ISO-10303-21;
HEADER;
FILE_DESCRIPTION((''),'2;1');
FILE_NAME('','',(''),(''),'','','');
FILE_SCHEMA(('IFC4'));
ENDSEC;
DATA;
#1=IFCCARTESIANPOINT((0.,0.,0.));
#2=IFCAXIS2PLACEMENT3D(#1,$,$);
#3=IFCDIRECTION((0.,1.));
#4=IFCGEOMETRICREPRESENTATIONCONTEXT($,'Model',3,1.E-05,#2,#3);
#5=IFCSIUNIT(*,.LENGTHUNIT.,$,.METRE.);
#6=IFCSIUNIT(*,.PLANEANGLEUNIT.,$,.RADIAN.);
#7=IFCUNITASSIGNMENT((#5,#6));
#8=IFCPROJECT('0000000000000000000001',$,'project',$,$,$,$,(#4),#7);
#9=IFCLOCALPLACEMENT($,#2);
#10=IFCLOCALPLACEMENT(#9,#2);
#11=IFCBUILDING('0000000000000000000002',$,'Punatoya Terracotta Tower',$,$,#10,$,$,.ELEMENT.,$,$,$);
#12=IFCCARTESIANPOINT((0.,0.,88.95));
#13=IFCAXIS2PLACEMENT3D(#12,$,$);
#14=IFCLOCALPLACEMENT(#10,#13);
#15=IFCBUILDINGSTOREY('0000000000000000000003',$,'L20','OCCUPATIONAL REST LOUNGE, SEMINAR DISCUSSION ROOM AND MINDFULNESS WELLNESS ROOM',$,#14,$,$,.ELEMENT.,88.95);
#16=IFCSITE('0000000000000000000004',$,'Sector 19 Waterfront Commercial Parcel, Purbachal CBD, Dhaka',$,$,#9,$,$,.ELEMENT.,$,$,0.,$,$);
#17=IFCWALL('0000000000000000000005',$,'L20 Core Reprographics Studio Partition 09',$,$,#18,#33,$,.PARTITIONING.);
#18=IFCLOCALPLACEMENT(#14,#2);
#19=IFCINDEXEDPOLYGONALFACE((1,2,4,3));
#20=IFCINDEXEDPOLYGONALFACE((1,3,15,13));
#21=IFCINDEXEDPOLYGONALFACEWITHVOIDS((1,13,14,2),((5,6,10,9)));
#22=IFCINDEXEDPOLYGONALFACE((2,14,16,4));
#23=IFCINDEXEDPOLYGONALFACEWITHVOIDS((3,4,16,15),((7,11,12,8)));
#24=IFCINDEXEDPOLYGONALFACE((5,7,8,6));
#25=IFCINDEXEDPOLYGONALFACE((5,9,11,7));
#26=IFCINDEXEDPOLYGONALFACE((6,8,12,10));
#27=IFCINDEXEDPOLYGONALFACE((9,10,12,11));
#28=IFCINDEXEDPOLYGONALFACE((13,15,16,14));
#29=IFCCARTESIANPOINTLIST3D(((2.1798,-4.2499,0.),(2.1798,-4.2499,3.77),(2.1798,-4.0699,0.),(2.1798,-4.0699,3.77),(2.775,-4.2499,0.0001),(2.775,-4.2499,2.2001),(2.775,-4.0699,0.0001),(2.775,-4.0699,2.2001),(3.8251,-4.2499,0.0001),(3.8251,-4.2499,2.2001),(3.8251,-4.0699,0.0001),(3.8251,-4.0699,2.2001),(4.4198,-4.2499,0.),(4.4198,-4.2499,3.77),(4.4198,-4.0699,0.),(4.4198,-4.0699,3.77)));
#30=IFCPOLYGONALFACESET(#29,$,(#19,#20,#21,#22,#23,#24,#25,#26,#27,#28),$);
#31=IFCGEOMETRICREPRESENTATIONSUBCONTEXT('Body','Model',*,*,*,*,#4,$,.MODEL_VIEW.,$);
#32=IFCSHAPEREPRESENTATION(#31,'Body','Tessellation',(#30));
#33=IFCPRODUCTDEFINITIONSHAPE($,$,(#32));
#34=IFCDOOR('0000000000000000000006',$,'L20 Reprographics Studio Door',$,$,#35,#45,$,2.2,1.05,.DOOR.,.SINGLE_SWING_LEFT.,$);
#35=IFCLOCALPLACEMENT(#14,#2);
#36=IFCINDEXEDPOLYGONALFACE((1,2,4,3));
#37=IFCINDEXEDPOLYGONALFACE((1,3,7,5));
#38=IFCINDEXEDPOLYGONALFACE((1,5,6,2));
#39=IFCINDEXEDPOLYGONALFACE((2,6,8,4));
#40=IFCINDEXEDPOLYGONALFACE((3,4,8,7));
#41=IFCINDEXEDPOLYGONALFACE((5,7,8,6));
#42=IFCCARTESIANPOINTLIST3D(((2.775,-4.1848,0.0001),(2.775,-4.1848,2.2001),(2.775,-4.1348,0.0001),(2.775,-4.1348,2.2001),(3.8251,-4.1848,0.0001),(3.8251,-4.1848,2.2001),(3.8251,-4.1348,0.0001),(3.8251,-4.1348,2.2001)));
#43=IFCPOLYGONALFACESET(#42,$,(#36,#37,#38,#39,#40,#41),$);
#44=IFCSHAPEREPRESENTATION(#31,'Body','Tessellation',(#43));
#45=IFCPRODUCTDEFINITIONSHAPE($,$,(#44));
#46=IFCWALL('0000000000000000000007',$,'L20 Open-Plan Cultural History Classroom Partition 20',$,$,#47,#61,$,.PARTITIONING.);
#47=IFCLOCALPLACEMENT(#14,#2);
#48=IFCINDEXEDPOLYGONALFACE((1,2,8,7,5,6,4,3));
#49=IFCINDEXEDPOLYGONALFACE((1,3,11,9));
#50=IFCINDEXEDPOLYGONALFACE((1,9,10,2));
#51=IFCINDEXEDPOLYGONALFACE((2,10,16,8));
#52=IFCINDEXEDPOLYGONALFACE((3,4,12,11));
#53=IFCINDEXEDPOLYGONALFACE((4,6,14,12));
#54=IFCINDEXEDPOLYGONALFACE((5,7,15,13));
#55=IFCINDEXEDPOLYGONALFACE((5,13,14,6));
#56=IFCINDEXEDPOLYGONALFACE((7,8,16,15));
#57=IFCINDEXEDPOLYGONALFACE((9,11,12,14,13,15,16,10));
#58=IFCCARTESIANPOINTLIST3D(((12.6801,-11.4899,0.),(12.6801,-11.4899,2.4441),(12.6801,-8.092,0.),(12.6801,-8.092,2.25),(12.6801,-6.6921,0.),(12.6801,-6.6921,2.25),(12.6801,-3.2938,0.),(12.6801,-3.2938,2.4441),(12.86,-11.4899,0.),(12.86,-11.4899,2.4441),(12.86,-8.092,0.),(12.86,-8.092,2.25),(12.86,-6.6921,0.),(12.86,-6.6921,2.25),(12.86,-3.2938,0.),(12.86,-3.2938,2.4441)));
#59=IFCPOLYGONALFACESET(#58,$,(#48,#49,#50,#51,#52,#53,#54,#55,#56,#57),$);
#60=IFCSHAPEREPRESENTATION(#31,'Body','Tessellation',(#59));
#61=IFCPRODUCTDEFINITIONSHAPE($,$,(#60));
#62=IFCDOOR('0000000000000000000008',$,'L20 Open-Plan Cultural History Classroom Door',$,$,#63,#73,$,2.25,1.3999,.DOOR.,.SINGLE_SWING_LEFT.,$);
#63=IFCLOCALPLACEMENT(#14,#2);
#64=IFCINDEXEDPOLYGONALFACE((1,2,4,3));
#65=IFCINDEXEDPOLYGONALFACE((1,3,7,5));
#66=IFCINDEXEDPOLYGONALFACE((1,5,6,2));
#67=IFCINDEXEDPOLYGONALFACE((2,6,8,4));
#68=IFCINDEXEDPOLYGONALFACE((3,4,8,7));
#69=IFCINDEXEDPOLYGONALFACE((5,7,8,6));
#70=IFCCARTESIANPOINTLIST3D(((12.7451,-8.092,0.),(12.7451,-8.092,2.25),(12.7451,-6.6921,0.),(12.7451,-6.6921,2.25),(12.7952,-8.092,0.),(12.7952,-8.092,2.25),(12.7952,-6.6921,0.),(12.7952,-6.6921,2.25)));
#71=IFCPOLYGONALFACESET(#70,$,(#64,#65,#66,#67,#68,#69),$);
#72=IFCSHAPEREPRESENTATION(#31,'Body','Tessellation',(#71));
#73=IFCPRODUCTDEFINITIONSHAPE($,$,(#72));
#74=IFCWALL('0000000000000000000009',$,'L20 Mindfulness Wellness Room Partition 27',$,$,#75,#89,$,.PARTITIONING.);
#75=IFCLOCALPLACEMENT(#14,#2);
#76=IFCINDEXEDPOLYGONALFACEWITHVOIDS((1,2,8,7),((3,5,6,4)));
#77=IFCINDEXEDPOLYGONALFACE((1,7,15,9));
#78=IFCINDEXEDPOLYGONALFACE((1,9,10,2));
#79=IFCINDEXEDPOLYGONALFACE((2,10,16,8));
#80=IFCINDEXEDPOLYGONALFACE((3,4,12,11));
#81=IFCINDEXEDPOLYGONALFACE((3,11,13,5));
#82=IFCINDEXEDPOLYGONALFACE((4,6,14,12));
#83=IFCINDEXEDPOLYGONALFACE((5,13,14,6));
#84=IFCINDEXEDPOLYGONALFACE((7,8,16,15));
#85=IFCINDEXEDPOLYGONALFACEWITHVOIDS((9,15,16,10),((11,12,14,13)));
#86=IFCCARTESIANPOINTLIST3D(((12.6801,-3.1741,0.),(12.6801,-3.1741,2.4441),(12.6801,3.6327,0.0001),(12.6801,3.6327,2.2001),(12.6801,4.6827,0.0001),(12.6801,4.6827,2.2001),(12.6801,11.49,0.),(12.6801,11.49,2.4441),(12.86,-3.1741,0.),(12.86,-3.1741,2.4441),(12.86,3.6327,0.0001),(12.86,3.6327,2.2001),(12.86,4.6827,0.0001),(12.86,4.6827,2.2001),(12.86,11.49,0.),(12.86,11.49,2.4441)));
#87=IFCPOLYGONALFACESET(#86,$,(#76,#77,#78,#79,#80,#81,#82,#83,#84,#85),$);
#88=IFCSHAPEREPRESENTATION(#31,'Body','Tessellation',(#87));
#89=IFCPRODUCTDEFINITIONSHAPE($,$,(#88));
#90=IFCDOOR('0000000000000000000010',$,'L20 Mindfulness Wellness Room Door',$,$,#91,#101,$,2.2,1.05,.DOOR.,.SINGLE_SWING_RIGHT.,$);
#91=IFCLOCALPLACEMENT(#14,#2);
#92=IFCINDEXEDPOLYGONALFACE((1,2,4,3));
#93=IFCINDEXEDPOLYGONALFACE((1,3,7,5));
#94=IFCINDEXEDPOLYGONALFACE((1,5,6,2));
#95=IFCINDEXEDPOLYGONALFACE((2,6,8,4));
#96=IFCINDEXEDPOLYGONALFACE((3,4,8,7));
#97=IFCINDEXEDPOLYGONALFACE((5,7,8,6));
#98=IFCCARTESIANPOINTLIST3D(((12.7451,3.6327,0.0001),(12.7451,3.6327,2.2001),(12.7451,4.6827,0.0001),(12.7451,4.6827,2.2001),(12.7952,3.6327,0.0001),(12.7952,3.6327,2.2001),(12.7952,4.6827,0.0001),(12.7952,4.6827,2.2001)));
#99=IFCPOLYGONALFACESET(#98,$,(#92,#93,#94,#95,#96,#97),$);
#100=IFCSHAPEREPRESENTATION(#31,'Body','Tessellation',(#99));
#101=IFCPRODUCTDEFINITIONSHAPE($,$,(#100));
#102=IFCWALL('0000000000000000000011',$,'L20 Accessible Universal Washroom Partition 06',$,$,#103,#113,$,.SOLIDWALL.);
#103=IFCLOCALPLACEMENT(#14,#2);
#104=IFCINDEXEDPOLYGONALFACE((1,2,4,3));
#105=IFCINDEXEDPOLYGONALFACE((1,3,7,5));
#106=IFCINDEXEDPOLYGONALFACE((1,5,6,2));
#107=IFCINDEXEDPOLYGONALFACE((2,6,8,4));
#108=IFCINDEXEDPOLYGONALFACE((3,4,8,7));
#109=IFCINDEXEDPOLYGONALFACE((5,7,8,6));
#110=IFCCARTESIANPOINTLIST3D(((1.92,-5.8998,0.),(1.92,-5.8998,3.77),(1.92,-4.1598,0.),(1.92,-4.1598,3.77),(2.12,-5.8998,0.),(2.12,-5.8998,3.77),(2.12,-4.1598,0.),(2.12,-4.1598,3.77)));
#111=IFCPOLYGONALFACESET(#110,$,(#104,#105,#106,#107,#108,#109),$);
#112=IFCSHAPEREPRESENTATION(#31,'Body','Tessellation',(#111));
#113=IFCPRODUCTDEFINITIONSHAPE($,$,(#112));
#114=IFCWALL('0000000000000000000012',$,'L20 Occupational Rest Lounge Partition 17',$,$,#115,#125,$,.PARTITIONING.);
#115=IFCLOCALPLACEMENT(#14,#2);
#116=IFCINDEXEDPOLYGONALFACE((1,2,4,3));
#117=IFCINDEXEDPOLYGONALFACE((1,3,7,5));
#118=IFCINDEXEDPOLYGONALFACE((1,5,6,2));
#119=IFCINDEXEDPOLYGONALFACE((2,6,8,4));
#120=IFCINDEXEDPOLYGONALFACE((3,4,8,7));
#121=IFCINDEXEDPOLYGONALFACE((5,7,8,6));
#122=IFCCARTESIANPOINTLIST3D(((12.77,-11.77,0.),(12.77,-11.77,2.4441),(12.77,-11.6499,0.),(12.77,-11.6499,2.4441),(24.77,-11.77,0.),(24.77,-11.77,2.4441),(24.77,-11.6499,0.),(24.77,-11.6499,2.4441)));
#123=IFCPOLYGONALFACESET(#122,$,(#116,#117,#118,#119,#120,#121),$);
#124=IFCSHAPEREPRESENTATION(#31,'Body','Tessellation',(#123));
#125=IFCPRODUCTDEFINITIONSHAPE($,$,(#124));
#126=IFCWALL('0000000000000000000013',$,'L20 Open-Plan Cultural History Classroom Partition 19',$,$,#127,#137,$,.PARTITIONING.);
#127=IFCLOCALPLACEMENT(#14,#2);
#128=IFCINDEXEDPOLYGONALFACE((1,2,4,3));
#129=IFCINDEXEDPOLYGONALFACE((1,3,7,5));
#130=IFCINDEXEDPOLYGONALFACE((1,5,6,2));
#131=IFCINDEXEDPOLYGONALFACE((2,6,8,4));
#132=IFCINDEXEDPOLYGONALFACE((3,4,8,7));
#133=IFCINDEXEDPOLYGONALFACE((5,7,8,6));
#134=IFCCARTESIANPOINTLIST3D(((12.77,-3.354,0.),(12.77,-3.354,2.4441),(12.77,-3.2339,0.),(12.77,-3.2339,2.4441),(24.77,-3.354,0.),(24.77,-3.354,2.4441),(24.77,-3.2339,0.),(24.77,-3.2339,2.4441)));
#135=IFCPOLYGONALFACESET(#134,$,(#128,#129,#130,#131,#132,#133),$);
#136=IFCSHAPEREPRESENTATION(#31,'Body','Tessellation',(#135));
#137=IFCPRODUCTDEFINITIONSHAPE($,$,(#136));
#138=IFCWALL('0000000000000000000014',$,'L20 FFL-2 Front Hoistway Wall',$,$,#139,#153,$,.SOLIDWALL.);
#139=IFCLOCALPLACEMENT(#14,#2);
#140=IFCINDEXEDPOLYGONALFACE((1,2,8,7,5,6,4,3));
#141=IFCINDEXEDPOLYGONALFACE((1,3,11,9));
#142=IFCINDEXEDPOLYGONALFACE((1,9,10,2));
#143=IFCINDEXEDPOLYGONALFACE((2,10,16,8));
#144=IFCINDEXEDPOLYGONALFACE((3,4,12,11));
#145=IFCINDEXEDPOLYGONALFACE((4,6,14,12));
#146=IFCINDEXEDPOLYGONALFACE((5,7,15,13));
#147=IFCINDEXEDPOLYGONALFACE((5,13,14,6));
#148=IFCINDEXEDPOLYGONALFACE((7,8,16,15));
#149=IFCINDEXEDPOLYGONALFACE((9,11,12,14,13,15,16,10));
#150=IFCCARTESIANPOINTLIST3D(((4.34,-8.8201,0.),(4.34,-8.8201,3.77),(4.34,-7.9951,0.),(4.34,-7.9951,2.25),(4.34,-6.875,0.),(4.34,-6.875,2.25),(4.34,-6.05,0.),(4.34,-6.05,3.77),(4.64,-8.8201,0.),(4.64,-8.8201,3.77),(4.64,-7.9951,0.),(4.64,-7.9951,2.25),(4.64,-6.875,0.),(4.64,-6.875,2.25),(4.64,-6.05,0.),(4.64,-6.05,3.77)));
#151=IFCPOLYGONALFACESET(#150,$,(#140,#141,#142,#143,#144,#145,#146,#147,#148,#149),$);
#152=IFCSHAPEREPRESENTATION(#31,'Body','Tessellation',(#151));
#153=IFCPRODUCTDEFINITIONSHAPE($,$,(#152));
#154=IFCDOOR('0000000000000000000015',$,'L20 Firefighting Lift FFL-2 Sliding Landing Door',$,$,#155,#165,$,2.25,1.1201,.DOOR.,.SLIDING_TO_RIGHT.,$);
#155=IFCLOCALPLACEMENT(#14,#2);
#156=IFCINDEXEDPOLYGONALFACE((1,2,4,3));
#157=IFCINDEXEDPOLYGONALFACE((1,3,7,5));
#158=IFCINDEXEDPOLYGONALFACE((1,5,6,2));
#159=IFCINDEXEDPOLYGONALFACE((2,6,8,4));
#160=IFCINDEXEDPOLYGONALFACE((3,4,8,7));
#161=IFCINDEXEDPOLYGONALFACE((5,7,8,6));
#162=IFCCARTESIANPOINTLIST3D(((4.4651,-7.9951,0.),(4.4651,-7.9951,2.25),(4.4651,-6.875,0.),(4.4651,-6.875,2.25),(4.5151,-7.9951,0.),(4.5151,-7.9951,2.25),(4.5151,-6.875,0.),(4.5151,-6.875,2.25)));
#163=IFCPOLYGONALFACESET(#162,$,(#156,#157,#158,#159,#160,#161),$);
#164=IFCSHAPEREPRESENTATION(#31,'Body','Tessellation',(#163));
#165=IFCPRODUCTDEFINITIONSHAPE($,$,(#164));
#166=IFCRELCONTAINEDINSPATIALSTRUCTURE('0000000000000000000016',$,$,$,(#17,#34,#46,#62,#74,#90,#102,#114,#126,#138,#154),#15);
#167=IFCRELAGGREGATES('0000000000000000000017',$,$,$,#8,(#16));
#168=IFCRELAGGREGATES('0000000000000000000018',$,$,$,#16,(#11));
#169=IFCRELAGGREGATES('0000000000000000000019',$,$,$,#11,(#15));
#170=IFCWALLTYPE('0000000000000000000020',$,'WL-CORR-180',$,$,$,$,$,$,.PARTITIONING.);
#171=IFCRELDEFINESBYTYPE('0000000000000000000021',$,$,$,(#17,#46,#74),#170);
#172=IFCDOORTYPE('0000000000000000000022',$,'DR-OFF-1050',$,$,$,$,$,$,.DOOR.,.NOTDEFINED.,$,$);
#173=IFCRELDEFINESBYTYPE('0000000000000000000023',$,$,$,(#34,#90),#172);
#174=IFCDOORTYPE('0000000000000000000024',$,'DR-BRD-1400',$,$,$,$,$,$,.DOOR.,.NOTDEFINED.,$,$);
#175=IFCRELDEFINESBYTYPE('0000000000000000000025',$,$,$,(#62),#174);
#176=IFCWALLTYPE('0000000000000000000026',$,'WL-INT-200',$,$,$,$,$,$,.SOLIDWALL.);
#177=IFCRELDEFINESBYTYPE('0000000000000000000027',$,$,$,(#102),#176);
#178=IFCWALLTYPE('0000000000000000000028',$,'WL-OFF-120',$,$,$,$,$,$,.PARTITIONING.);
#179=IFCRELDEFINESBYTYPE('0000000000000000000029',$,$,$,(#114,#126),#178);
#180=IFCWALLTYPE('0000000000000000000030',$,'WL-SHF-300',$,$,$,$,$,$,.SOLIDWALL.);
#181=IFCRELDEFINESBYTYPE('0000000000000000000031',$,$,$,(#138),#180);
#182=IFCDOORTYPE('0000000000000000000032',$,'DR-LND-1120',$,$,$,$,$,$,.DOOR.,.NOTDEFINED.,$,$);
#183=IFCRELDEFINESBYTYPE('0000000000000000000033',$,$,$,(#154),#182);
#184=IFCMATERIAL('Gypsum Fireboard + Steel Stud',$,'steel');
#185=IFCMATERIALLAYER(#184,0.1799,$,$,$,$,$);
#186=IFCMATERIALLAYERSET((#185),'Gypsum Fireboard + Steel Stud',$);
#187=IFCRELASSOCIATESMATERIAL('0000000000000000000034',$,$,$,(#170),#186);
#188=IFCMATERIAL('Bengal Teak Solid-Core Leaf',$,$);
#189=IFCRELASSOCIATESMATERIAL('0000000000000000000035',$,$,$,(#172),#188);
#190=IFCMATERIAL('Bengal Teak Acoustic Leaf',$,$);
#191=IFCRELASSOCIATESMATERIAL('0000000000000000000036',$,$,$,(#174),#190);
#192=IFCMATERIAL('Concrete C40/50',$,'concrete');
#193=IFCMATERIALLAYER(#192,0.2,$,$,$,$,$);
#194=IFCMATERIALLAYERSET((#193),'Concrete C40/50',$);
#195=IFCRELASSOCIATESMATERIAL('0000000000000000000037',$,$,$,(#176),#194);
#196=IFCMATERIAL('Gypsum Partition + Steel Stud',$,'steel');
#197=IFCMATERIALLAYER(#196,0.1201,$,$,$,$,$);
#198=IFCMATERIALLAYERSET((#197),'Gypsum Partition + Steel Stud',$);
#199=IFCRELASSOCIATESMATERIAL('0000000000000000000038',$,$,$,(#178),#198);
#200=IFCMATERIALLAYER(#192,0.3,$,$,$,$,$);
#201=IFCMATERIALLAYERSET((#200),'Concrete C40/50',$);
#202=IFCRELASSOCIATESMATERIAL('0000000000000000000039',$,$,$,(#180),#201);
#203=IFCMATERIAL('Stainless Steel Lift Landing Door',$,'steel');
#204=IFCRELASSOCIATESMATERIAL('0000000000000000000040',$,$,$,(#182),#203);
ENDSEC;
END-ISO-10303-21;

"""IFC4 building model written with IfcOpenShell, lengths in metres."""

from ifc_helpers import new_model, si_unit, direction, frame, frame_2d, origin, place, context, subcontext, project, spatial, rectangle, extrude, material, layer, layer_set, type_object, element, fill, save


model = new_model("IFC4")

# Units and contexts
model_context = context("Model", 3, precision=1e-05, world=origin(), true_north=direction((0.0, 1.0)))
body_context = subcontext(model_context, "Body", "Model", "MODEL_VIEW")
ifc_project = project(units=[si_unit("LENGTHUNIT", "METRE"), si_unit("PLANEANGLEUNIT", "RADIAN")], contexts=[model_context])

# Site, building, storey
site_placement = place(None, origin())
site = spatial("IfcSite", under=ifc_project, at=site_placement, Name="Sector 19 Waterfront Commercial Parcel, Purbachal CBD, Dhaka", CompositionType="ELEMENT", RefElevation=0.0)
building_placement = place(site_placement, origin())
building = spatial("IfcBuilding", under=site, at=building_placement, Name="Punatoya Terracotta Tower", CompositionType="ELEMENT")
storey_placement = place(building_placement, frame((0.0, 0.0, 88.95)))
storey = spatial("IfcBuildingStorey", under=building, at=storey_placement, Name="L20", Description="OCCUPATIONAL REST LOUNGE, SEMINAR DISCUSSION ROOM AND MINDFULNESS WELLNESS ROOM", CompositionType="ELEMENT", Elevation=88.95)

# Shared definitions
ifc_material_1 = material(Name="Gypsum Fireboard + Steel Stud", Category="steel")
ifc_layer_1 = layer(ifc_material_1, 0.1799)
ifc_layer_set_1 = layer_set([ifc_layer_1], Name="Gypsum Fireboard + Steel Stud")
wall_type_1 = type_object("IfcWallType", Name="WL-CORR-180", PredefinedType="PARTITIONING", material=ifc_layer_set_1)

# Walls, openings, doors
wall_1_placement = place(storey_placement, frame((4.4199, -4.1599, 0.0), z_axis=(0.0, 0.0, 1.0), x_axis=(-1.0, 0.0, 0.0)))
wall_1 = element("IfcWall", 1, at=wall_1_placement, inside=storey, type_object=wall_type_1, Name="L20 Core Reprographics Studio Partition 09", PredefinedType="PARTITIONING", context=body_context, shape_type="SweptSolid", body=[
    extrude(rectangle(XDim=2.24, YDim=0.1799, at=frame_2d((1.1201, 0.0))), origin(), (0.0, 0.0, 1.0), 3.77),
])
opening_1_placement = place(wall_1_placement, frame((0.595, 0.0, 0.0)))
opening_1 = element("IfcOpeningElement", 2, at=opening_1_placement, cuts=wall_1, PredefinedType="OPENING", context=body_context, shape_type="SweptSolid", body=[
    extrude(rectangle(XDim=1.05, YDim=2.2, at=frame_2d((0.5249, 1.1001))), frame((0.0, 0.0999, 0.0), z_axis=(0.0, -1.0, 0.0), x_axis=(1.0, 0.0, 0.0)), (0.0, 0.0, 1.0), 0.2),
])
ifc_material_2 = material(Name="Bengal Teak Solid-Core Leaf")
door_type_1 = type_object("IfcDoorType", Name="DR-OFF-1050", OperationType="NOTDEFINED", PredefinedType="DOOR", material=ifc_material_2)
door_1_placement = place(opening_1_placement, origin())
door_1 = element("IfcDoor", 3, at=door_1_placement, inside=storey, type_object=door_type_1, Name="L20 Reprographics Studio Door", OperationType="SINGLE_SWING_LEFT", OverallHeight=2.2, OverallWidth=1.05, PredefinedType="DOOR", context=body_context, shape_type="SweptSolid", body=[
    extrude(rectangle(XDim=1.05, YDim=2.2, at=frame_2d((0.5249, 1.1001))), frame((0.0, 0.0249, 0.0), z_axis=(0.0, -1.0, 0.0), x_axis=(1.0, 0.0, 0.0)), (0.0, 0.0, 1.0), 0.05),
])
fill(opening_1, door_1)
wall_2_placement = place(storey_placement, frame((12.77, -11.49, 0.0), z_axis=(0.0, 0.0, 1.0), x_axis=(0.0, 1.0, 0.0)))
wall_2 = element("IfcWall", 4, at=wall_2_placement, inside=storey, type_object=wall_type_1, Name="L20 Open-Plan Cultural History Classroom Partition 20", PredefinedType="PARTITIONING", context=body_context, shape_type="SweptSolid", body=[
    extrude(rectangle(XDim=8.196, YDim=0.1799, at=frame_2d((4.0981, 0.0))), origin(), (0.0, 0.0, 1.0), 2.4441),
])
opening_2_placement = place(wall_2_placement, frame((3.3979, 0.0, 0.0)))
opening_2 = element("IfcOpeningElement", 5, at=opening_2_placement, cuts=wall_2, PredefinedType="OPENING", context=body_context, shape_type="SweptSolid", body=[
    extrude(rectangle(XDim=1.3999, YDim=2.25, at=frame_2d((0.7, 1.125))), frame((0.0, 0.0999, 0.0), z_axis=(0.0, -1.0, 0.0), x_axis=(1.0, 0.0, 0.0)), (0.0, 0.0, 1.0), 0.2),
])
ifc_material_3 = material(Name="Bengal Teak Acoustic Leaf")
door_type_2 = type_object("IfcDoorType", Name="DR-BRD-1400", OperationType="NOTDEFINED", PredefinedType="DOOR", material=ifc_material_3)
door_2_placement = place(opening_2_placement, origin())
door_2 = element("IfcDoor", 6, at=door_2_placement, inside=storey, type_object=door_type_2, Name="L20 Open-Plan Cultural History Classroom Door", OperationType="SINGLE_SWING_LEFT", OverallHeight=2.25, OverallWidth=1.3999, PredefinedType="DOOR", context=body_context, shape_type="SweptSolid", body=[
    extrude(rectangle(XDim=1.3999, YDim=2.25, at=frame_2d((0.7, 1.125))), frame((0.0, 0.0249, 0.0), z_axis=(0.0, -1.0, 0.0), x_axis=(1.0, 0.0, 0.0)), (0.0, 0.0, 1.0), 0.05),
])
fill(opening_2, door_2)
wall_3_placement = place(storey_placement, frame((12.77, -3.1741, 0.0), z_axis=(0.0, 0.0, 1.0), x_axis=(0.0, 1.0, 0.0)))
wall_3 = element("IfcWall", 7, at=wall_3_placement, inside=storey, type_object=wall_type_1, Name="L20 Mindfulness Wellness Room Partition 27", PredefinedType="PARTITIONING", context=body_context, shape_type="SweptSolid", body=[
    extrude(rectangle(XDim=14.6641, YDim=0.1799, at=frame_2d((7.332, 0.0))), origin(), (0.0, 0.0, 1.0), 2.4441),
])
opening_3_placement = place(wall_3_placement, frame((6.8069, 0.0, 0.0)))
opening_3 = element("IfcOpeningElement", 8, at=opening_3_placement, cuts=wall_3, PredefinedType="OPENING", context=body_context, shape_type="SweptSolid", body=[
    extrude(rectangle(XDim=1.05, YDim=2.2, at=frame_2d((0.5249, 1.1001))), frame((0.0, 0.0999, 0.0), z_axis=(0.0, -1.0, 0.0), x_axis=(1.0, 0.0, 0.0)), (0.0, 0.0, 1.0), 0.2),
])
door_3_placement = place(opening_3_placement, origin())
door_3 = element("IfcDoor", 9, at=door_3_placement, inside=storey, type_object=door_type_1, Name="L20 Mindfulness Wellness Room Door", OperationType="SINGLE_SWING_RIGHT", OverallHeight=2.2, OverallWidth=1.05, PredefinedType="DOOR", context=body_context, shape_type="SweptSolid", body=[
    extrude(rectangle(XDim=1.05, YDim=2.2, at=frame_2d((0.5249, 1.1001))), frame((0.0, 0.0249, 0.0), z_axis=(0.0, -1.0, 0.0), x_axis=(1.0, 0.0, 0.0)), (0.0, 0.0, 1.0), 0.05),
])
fill(opening_3, door_3)

# Wall
ifc_material_4 = material(Name="Concrete C40/50", Category="concrete")
ifc_layer_2 = layer(ifc_material_4, 0.2)
ifc_layer_set_2 = layer_set([ifc_layer_2], Name="Concrete C40/50")
wall_type_2 = type_object("IfcWallType", Name="WL-INT-200", PredefinedType="SOLIDWALL", material=ifc_layer_set_2)
wall_4_placement = place(storey_placement, frame((2.02, -5.8999, 0.0), z_axis=(0.0, 0.0, 1.0), x_axis=(0.0, 1.0, 0.0)))
element("IfcWall", 10, at=wall_4_placement, inside=storey, type_object=wall_type_2, Name="L20 Accessible Universal Washroom Partition 06", PredefinedType="SOLIDWALL", context=body_context, shape_type="SweptSolid", body=[
    extrude(rectangle(XDim=1.74, YDim=0.2, at=frame_2d((0.8701, 0.0))), origin(), (0.0, 0.0, 1.0), 3.77),
])

# Walls
ifc_material_5 = material(Name="Gypsum Partition + Steel Stud", Category="steel")
ifc_layer_3 = layer(ifc_material_5, 0.1201)
ifc_layer_set_3 = layer_set([ifc_layer_3], Name="Gypsum Partition + Steel Stud")
wall_type_3 = type_object("IfcWallType", Name="WL-OFF-120", PredefinedType="PARTITIONING", material=ifc_layer_set_3)
for number, where, z_axis, x_axis, name in (
    (11, (12.77, -11.71, 0.0), (0.0, 0.0, 1.0), (1.0, 0.0, 0.0), "L20 Occupational Rest Lounge Partition 17"),
    (12, (12.77, -3.2939, 0.0), (0.0, 0.0, 1.0), (1.0, 0.0, 0.0), "L20 Open-Plan Cultural History Classroom Partition 19"),
):
    element("IfcWall", number, at=place(storey_placement, frame(where, z_axis=z_axis, x_axis=x_axis)), inside=storey, type_object=wall_type_3, Name=name, PredefinedType="PARTITIONING", context=body_context, shape_type="SweptSolid", body=[
        extrude(rectangle(XDim=12.0, YDim=0.1201, at=frame_2d((6.0, 0.0))), origin(), (0.0, 0.0, 1.0), 2.4441),
    ])

# Wall, opening, door
ifc_layer_4 = layer(ifc_material_4, 0.3)
ifc_layer_set_4 = layer_set([ifc_layer_4], Name="Concrete C40/50")
wall_type_4 = type_object("IfcWallType", Name="WL-SHF-300", PredefinedType="SOLIDWALL", material=ifc_layer_set_4)
wall_5_placement = place(storey_placement, frame((4.49, -8.8201, 0.0), z_axis=(0.0, 0.0, 1.0), x_axis=(0.0, 1.0, 0.0)))
wall_5 = element("IfcWall", 13, at=wall_5_placement, inside=storey, type_object=wall_type_4, Name="L20 FFL-2 Front Hoistway Wall", PredefinedType="SOLIDWALL", context=body_context, shape_type="SweptSolid", body=[
    extrude(rectangle(XDim=2.77, YDim=0.3, at=frame_2d((1.385, 0.0))), origin(), (0.0, 0.0, 1.0), 3.77),
])
opening_4_placement = place(wall_5_placement, frame((0.825, 0.0, 0.0)))
opening_4 = element("IfcOpeningElement", 14, at=opening_4_placement, cuts=wall_5, PredefinedType="OPENING", context=body_context, shape_type="SweptSolid", body=[
    extrude(rectangle(XDim=1.1201, YDim=2.25, at=frame_2d((0.5601, 1.125))), frame((0.0, 0.1599, 0.0), z_axis=(0.0, -1.0, 0.0), x_axis=(1.0, 0.0, 0.0)), (0.0, 0.0, 1.0), 0.3201),
])
ifc_material_6 = material(Name="Stainless Steel Lift Landing Door", Category="steel")
door_type_3 = type_object("IfcDoorType", Name="DR-LND-1120", OperationType="NOTDEFINED", PredefinedType="DOOR", material=ifc_material_6)
door_4_placement = place(opening_4_placement, origin())
door_4 = element("IfcDoor", 15, at=door_4_placement, inside=storey, type_object=door_type_3, Name="L20 Firefighting Lift FFL-2 Sliding Landing Door", OperationType="SLIDING_TO_RIGHT", OverallHeight=2.25, OverallWidth=1.1201, PredefinedType="DOOR", context=body_context, shape_type="SweptSolid", body=[
    extrude(rectangle(XDim=1.1201, YDim=2.25, at=frame_2d((0.5601, 1.125))), frame((0.0, 0.0249, 0.0), z_axis=(0.0, -1.0, 0.0), x_axis=(1.0, 0.0, 0.0)), (0.0, 0.0, 1.0), 0.05),
])
fill(opening_4, door_4)

save(model, "model.ifc")
